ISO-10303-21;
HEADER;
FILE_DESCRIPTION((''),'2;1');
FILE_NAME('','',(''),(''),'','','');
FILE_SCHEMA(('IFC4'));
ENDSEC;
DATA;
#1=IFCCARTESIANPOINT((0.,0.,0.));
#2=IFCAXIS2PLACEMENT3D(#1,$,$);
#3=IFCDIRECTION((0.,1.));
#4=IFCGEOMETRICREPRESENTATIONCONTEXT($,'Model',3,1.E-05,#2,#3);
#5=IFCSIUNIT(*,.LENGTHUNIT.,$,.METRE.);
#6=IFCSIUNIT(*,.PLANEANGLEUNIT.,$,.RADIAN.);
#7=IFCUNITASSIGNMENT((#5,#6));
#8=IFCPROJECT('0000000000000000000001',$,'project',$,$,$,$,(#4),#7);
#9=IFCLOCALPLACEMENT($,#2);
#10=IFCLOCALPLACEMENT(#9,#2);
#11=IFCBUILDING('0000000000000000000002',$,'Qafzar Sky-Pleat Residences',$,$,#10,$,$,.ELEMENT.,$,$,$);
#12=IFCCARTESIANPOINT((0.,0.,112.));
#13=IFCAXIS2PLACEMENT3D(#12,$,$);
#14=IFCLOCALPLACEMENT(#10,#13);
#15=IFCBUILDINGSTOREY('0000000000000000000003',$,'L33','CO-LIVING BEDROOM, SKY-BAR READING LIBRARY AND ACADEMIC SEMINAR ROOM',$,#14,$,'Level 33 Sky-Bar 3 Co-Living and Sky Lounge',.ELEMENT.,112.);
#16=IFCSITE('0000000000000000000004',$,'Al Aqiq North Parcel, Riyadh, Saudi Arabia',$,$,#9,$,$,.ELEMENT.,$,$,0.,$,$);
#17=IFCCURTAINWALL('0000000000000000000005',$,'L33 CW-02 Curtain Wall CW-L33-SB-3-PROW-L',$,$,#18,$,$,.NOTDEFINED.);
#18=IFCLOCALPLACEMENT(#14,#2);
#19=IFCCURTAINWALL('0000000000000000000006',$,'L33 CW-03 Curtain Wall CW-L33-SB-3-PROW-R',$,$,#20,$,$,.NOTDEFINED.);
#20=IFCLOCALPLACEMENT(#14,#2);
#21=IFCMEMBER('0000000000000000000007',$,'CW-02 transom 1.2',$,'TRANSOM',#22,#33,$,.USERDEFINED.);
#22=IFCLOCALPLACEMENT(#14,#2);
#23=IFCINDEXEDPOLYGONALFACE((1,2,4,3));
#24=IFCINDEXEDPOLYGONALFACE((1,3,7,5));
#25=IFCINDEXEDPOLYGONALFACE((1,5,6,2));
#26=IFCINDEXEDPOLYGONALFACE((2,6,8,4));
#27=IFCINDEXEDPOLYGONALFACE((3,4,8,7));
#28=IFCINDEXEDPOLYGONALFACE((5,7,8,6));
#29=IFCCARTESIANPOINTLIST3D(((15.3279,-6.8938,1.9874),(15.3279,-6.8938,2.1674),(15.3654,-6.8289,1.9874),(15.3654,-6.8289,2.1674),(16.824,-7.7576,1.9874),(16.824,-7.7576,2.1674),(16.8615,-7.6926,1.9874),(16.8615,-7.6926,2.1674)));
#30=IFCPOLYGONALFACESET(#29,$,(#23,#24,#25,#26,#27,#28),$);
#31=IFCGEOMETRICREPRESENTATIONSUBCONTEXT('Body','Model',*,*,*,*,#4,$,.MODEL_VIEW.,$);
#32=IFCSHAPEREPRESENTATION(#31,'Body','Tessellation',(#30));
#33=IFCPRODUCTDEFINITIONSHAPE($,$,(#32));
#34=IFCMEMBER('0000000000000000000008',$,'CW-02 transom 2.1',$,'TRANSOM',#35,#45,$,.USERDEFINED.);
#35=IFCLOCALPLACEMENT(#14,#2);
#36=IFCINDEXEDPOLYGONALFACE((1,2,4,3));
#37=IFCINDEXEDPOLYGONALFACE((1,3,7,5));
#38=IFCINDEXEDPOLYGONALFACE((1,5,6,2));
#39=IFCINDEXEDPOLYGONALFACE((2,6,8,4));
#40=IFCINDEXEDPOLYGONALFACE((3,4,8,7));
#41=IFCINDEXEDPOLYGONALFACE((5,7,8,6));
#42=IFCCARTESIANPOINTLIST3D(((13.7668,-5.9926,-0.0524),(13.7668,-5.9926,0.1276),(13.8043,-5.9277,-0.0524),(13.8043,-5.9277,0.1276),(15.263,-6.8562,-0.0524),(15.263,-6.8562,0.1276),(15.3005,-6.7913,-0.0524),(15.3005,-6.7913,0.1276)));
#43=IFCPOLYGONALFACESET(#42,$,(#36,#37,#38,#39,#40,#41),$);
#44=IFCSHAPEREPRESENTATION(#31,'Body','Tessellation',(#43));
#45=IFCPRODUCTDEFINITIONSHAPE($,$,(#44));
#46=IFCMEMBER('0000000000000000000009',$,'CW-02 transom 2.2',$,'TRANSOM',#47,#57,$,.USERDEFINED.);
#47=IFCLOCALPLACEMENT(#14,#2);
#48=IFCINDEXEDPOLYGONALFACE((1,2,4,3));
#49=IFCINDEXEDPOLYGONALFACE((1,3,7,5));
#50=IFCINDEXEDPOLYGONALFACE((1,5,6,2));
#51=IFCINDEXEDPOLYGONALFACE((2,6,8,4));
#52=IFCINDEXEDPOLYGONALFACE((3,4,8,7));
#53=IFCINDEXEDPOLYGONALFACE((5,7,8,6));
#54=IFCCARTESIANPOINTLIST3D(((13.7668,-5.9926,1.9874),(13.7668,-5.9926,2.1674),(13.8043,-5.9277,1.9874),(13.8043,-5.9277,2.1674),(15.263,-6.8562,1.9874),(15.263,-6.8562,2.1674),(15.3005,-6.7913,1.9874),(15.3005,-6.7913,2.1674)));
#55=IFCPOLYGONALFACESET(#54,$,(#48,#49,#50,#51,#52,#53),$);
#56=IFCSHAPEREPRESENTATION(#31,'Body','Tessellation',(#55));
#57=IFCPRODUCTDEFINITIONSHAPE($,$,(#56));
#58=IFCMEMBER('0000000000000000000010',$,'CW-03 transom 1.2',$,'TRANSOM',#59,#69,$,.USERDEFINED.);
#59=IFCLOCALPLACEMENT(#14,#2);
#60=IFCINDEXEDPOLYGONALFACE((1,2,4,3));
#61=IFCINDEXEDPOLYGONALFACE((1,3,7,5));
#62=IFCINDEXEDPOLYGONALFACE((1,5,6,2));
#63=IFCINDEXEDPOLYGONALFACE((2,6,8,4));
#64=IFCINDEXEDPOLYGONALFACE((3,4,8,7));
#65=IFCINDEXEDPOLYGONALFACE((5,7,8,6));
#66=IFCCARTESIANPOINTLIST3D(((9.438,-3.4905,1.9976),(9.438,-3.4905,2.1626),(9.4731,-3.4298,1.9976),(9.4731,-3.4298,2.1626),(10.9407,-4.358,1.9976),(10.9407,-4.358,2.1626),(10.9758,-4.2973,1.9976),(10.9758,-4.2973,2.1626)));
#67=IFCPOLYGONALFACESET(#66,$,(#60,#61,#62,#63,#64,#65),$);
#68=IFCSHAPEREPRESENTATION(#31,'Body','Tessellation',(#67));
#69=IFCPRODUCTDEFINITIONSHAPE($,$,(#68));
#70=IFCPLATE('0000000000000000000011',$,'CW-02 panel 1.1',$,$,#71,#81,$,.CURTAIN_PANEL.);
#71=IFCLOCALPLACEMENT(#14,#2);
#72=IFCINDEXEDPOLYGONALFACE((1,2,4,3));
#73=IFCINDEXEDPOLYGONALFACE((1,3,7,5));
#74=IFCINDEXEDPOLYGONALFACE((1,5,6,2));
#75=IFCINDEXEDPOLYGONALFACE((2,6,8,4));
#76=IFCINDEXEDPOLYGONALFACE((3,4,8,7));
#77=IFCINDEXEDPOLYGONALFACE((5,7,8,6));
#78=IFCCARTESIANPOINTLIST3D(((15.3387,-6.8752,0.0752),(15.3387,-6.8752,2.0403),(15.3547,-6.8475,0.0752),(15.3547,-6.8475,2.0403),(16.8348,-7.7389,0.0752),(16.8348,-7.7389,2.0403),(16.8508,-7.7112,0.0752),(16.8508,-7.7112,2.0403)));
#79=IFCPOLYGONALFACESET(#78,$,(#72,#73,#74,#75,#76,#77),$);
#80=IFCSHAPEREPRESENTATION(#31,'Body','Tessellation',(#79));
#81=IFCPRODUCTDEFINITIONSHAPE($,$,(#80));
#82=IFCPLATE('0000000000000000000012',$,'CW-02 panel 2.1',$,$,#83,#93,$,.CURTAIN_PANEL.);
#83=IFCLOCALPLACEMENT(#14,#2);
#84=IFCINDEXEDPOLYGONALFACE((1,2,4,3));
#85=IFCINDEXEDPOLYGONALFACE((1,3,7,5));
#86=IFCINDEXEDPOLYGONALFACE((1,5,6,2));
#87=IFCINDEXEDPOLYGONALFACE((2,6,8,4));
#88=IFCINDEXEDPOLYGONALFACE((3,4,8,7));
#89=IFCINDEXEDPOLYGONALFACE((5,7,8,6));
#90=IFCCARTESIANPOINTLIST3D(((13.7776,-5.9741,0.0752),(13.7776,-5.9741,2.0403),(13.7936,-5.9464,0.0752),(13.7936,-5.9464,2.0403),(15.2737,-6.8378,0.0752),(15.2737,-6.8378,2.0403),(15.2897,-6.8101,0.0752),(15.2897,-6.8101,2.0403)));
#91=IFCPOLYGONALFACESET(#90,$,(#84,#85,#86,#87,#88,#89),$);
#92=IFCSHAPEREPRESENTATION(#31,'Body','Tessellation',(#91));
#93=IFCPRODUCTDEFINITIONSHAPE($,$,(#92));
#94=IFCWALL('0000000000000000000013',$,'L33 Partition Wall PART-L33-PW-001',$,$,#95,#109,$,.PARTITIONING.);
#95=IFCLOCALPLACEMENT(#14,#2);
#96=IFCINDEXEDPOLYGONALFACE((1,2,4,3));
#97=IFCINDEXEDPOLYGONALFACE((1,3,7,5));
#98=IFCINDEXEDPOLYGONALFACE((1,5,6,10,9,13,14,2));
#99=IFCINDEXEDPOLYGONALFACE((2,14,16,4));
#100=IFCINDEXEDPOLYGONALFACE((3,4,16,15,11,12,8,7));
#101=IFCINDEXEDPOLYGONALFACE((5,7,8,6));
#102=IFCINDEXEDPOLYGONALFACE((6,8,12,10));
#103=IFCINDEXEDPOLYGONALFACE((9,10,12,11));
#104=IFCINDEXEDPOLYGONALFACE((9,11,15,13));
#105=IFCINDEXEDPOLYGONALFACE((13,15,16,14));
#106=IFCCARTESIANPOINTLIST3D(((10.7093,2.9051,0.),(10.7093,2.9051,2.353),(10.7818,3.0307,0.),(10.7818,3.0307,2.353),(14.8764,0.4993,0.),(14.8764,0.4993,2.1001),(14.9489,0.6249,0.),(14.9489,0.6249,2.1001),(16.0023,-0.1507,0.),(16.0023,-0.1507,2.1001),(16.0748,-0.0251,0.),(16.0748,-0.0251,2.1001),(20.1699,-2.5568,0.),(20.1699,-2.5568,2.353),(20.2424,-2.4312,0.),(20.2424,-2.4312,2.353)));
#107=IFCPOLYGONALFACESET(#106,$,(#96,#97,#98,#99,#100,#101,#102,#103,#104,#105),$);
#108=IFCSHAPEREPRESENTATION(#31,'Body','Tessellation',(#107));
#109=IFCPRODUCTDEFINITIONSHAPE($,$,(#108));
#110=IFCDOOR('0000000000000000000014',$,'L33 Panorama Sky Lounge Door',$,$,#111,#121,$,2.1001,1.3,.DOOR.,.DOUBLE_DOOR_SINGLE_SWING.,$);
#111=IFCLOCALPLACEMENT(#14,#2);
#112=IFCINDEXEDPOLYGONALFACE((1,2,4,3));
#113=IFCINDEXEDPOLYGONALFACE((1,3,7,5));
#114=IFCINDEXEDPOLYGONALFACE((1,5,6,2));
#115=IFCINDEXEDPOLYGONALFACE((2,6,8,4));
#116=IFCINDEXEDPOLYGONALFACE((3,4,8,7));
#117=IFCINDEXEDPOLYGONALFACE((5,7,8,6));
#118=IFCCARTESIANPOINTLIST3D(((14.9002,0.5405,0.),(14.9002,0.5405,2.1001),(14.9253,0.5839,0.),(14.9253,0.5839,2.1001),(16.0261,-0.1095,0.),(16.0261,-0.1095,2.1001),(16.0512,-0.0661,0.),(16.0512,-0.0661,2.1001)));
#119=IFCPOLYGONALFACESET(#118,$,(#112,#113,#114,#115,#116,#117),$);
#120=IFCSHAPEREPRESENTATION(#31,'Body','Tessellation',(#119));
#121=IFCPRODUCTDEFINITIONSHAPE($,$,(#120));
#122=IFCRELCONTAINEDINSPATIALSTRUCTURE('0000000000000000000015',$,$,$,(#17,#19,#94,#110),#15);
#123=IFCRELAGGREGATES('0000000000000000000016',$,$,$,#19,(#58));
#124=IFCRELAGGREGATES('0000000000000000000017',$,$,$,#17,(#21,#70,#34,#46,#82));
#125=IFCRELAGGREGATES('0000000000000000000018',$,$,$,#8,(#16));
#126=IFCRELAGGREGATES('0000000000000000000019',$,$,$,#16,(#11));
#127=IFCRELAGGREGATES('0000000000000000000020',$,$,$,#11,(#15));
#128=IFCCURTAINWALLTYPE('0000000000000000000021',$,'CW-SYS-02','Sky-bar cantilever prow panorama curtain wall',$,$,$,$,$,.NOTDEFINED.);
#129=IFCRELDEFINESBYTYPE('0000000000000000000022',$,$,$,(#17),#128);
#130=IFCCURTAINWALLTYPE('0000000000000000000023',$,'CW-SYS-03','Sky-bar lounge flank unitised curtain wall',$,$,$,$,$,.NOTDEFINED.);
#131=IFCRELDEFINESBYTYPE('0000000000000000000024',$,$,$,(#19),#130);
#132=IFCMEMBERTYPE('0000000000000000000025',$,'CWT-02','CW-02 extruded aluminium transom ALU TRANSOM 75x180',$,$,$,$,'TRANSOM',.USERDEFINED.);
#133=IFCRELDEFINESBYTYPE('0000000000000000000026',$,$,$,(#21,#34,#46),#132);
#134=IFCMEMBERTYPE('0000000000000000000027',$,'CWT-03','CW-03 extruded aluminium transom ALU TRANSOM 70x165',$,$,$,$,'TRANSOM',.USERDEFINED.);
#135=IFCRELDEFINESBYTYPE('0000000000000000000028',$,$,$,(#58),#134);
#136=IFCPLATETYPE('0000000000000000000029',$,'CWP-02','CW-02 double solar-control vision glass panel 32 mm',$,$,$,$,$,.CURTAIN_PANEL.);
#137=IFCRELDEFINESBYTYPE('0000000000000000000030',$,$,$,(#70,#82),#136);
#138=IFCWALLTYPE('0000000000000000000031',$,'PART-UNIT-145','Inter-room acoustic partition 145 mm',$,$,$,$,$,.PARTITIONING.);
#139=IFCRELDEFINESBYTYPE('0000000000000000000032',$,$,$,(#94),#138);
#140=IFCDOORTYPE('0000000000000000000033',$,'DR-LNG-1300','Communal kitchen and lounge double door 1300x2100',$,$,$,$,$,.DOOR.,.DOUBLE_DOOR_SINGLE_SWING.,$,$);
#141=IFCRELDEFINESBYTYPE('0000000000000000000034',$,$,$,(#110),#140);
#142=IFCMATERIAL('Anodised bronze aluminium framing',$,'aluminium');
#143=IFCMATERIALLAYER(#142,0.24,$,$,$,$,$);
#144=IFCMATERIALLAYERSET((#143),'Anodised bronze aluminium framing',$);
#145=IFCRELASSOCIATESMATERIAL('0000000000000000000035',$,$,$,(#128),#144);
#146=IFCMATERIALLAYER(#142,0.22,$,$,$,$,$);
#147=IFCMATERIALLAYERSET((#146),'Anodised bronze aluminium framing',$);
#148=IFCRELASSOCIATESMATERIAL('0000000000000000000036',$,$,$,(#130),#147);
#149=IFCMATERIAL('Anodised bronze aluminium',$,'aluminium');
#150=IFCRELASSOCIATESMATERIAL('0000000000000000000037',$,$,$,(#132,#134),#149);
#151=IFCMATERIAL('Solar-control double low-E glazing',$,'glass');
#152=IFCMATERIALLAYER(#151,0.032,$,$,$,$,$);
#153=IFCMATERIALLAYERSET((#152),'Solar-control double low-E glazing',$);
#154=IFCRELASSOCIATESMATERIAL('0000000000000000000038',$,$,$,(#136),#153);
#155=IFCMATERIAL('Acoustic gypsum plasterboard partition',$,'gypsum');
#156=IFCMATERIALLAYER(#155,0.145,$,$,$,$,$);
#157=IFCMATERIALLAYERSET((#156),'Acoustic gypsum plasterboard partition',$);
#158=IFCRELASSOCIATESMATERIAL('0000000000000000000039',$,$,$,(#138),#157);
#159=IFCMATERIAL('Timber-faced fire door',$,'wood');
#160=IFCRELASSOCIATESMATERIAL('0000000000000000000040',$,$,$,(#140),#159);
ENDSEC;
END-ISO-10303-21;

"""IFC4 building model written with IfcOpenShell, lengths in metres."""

from ifc_helpers import new_model, si_unit, direction, frame, frame_2d, origin, origin_2d, place, context, subcontext, project, spatial, rectangle, extrude, source, transform, mapped, material, layer, layer_set, material_profile, profile_set, type_object, element, fill, aggregate, save


model = new_model("IFC4")

# Units and contexts
model_context = context("Model", 3, precision=1e-05, world=origin(), true_north=direction((0.0, 1.0)))
body_context = subcontext(model_context, "Body", "Model", "MODEL_VIEW")
ifc_project = project(units=[si_unit("LENGTHUNIT", "METRE"), si_unit("PLANEANGLEUNIT", "RADIAN")], contexts=[model_context])

# Site, building, storey
site_placement = place(None, origin())
site = spatial("IfcSite", under=ifc_project, at=site_placement, Name="Al Aqiq North Parcel, Riyadh, Saudi Arabia", CompositionType="ELEMENT", RefElevation=0.0)
building_placement = place(site_placement, origin())
building = spatial("IfcBuilding", under=site, at=building_placement, Name="Qafzar Sky-Pleat Residences", CompositionType="ELEMENT")
storey_placement = place(building_placement, frame((0.0, 0.0, 112.0)))
storey = spatial("IfcBuildingStorey", under=building, at=storey_placement, Name="L33", Description="CO-LIVING BEDROOM, SKY-BAR READING LIBRARY AND ACADEMIC SEMINAR ROOM", LongName="Level 33 Sky-Bar 3 Co-Living and Sky Lounge", CompositionType="ELEMENT", Elevation=112.0)

# Curtain wall
ifc_material_1 = material(Name="Anodised bronze aluminium framing", Category="aluminium")
ifc_layer_1 = layer(ifc_material_1, 0.24)
ifc_layer_set_1 = layer_set([ifc_layer_1], Name="Anodised bronze aluminium framing")
curtain_wall_type_1 = type_object("IfcCurtainWallType", Name="CW-SYS-02", Description="Sky-bar cantilever prow panorama curtain wall", PredefinedType="NOTDEFINED", material=ifc_layer_set_1)
curtain_wall_1_placement = place(storey_placement, origin())
curtain_wall_1 = element("IfcCurtainWall", 1, at=curtain_wall_1_placement, inside=storey, type_object=curtain_wall_type_1, Name="L33 CW-02 Curtain Wall CW-L33-SB-3-PROW-L", PredefinedType="NOTDEFINED")
ifc_material_2 = material(Name="Anodised bronze aluminium", Category="aluminium")

# Curtain wall
ifc_layer_2 = layer(ifc_material_1, 0.22)
ifc_layer_set_2 = layer_set([ifc_layer_2], Name="Anodised bronze aluminium framing")
curtain_wall_type_2 = type_object("IfcCurtainWallType", Name="CW-SYS-03", Description="Sky-bar lounge flank unitised curtain wall", PredefinedType="NOTDEFINED", material=ifc_layer_set_2)
curtain_wall_2_placement = place(storey_placement, origin())
curtain_wall_2 = element("IfcCurtainWall", 2, at=curtain_wall_2_placement, inside=storey, type_object=curtain_wall_type_2, Name="L33 CW-03 Curtain Wall CW-L33-SB-3-PROW-R", PredefinedType="NOTDEFINED")

# Members
ifc_material_profile_1 = material_profile(ifc_material_2, rectangle(XDim=0.075, YDim=0.1799, at=origin_2d()), Name="ALU TRANSOM 75x180")
ifc_profile_set_1 = profile_set([ifc_material_profile_1], Name="Anodised bronze aluminium")
member_type_1 = type_object("IfcMemberType", Name="CWT-02", Description="CW-02 extruded aluminium transom ALU TRANSOM 75x180", ElementType="TRANSOM", PredefinedType="USERDEFINED", material=ifc_profile_set_1)
shared_shape_1 = source(origin(), body_context, "Body", "SweptSolid", [
    extrude(rectangle(XDim=0.075, YDim=0.1799, at=origin_2d()), origin(), (0.0, 0.0, 1.0), 1.7275),
])
member_1_placement = place(storey_placement, frame((16.8428, -7.7251, 2.0774), z_axis=(-0.866026, 0.5, 0.0), x_axis=(-0.5, -0.866026, 0.0)))
member_1 = element("IfcMember", 3, at=member_1_placement, type_object=member_type_1, Name="CW-02 transom 1.2", ObjectType="TRANSOM", PredefinedType="USERDEFINED", context=body_context, shape_type="MappedRepresentation", body=[
    mapped(shared_shape_1, transform((0.0, 0.0, 0.0), x_axis=(1.0, 0.0, 0.0), y_axis=(0.0, 1.0, 0.0), z_axis=(0.0, 0.0, 1.0), scale=1.0)),
])
member_2_placement = place(storey_placement, frame((15.2817, -6.8237, 0.0376), z_axis=(-0.866087, 0.499894, 0.0), x_axis=(-0.499894, -0.866087, 0.0)))
member_2 = element("IfcMember", 4, at=member_2_placement, type_object=member_type_1, Name="CW-02 transom 2.1", ObjectType="TRANSOM", PredefinedType="USERDEFINED", context=body_context, shape_type="MappedRepresentation", body=[
    mapped(shared_shape_1, transform((0.0, 0.0, 0.0), x_axis=(1.0, 0.0, 0.0), y_axis=(0.0, 1.0, 0.0), z_axis=(0.0, 0.0, 1.0), scale=1.0)),
])
member_3_placement = place(storey_placement, frame((15.2817, -6.8237, 2.0774), z_axis=(-0.866087, 0.499894, 0.0), x_axis=(-0.499894, -0.866087, 0.0)))
member_3 = element("IfcMember", 5, at=member_3_placement, type_object=member_type_1, Name="CW-02 transom 2.2", ObjectType="TRANSOM", PredefinedType="USERDEFINED", context=body_context, shape_type="MappedRepresentation", body=[
    mapped(shared_shape_1, transform((0.0, 0.0, 0.0), x_axis=(1.0, 0.0, 0.0), y_axis=(0.0, 1.0, 0.0), z_axis=(0.0, 0.0, 1.0), scale=1.0)),
])
ifc_material_profile_2 = material_profile(ifc_material_2, rectangle(XDim=0.0701, YDim=0.165, at=origin_2d()), Name="ALU TRANSOM 70x165")
ifc_profile_set_2 = profile_set([ifc_material_profile_2], Name="Anodised bronze aluminium")
member_type_2 = type_object("IfcMemberType", Name="CWT-03", Description="CW-03 extruded aluminium transom ALU TRANSOM 70x165", ElementType="TRANSOM", PredefinedType="USERDEFINED", material=ifc_profile_set_2)
shared_shape_2 = source(origin(), body_context, "Body", "SweptSolid", [
    extrude(rectangle(XDim=0.0701, YDim=0.165, at=origin_2d()), origin(), (0.0, 0.0, 1.0), 1.7351),
])
member_4_placement = place(storey_placement, frame((10.9583, -4.3276, 2.0801), z_axis=(-0.866061, 0.499938, 0.0), x_axis=(-0.499938, -0.866061, 0.0)))
member_4 = element("IfcMember", 6, at=member_4_placement, type_object=member_type_2, Name="CW-03 transom 1.2", ObjectType="TRANSOM", PredefinedType="USERDEFINED", context=body_context, shape_type="MappedRepresentation", body=[
    mapped(shared_shape_2, transform((0.0, 0.0, 0.0), x_axis=(1.0, 0.0, 0.0), y_axis=(0.0, 1.0, 0.0), z_axis=(0.0, 0.0, 1.0), scale=1.0)),
])
aggregate(curtain_wall_2, [member_4])

# Plates
ifc_material_3 = material(Name="Solar-control double low-E glazing", Category="glass")
ifc_layer_3 = layer(ifc_material_3, 0.032)
ifc_layer_set_3 = layer_set([ifc_layer_3], Name="Solar-control double low-E glazing")
plate_type = type_object("IfcPlateType", Name="CWP-02", Description="CW-02 double solar-control vision glass panel 32 mm", PredefinedType="CURTAIN_PANEL", material=ifc_layer_set_3)
shared_shape_3 = source(origin(), body_context, "Body", "SweptSolid", [
    extrude(rectangle(XDim=1.7275, YDim=0.032, at=origin_2d()), origin(), (0.0, 0.0, 1.0), 1.9651),
])
plate_1_placement = place(storey_placement, frame((16.0947, -7.2932, 0.0752), z_axis=(0.0, 0.0, 1.0), x_axis=(-0.866027, 0.499997, 0.0)))
plate_1 = element("IfcPlate", 7, at=plate_1_placement, type_object=plate_type, Name="CW-02 panel 1.1", PredefinedType="CURTAIN_PANEL", context=body_context, shape_type="MappedRepresentation", body=[
    mapped(shared_shape_3, transform((0.0, 0.0, 0.0), x_axis=(1.0, 0.0, 0.0), y_axis=(0.0, 1.0, 0.0), z_axis=(0.0, 0.0, 1.0), scale=1.0)),
])
plate_2_placement = place(storey_placement, frame((14.5337, -6.3921, 0.0752), z_axis=(0.0, 0.0, 1.0), x_axis=(-0.866027, 0.499997, 0.0)))
plate_2 = element("IfcPlate", 8, at=plate_2_placement, type_object=plate_type, Name="CW-02 panel 2.1", PredefinedType="CURTAIN_PANEL", context=body_context, shape_type="MappedRepresentation", body=[
    mapped(shared_shape_3, transform((0.0, 0.0, 0.0), x_axis=(1.0, 0.0, 0.0), y_axis=(0.0, 1.0, 0.0), z_axis=(0.0, 0.0, 1.0), scale=1.0)),
])
aggregate(curtain_wall_1, [member_1, plate_1, member_2, member_3, plate_2])

# Wall, opening, door
ifc_material_4 = material(Name="Acoustic gypsum plasterboard partition", Category="gypsum")
ifc_layer_4 = layer(ifc_material_4, 0.145)
ifc_layer_set_4 = layer_set([ifc_layer_4], Name="Acoustic gypsum plasterboard partition")
wall_type_1 = type_object("IfcWallType", Name="PART-UNIT-145", Description="Inter-room acoustic partition 145 mm", PredefinedType="PARTITIONING", material=ifc_layer_set_4)
wall_1_placement = place(storey_placement, frame((20.2061, -2.4939, 0.0), z_axis=(0.0, 0.0, 1.0), x_axis=(-0.866034, 0.499985, 0.0)))
wall_1 = element("IfcWall", 9, at=wall_1_placement, inside=storey, type_object=wall_type_1, Name="L33 Partition Wall PART-L33-PW-001", PredefinedType="PARTITIONING", context=body_context, shape_type="SweptSolid", body=[
    extrude(rectangle(XDim=10.9241, YDim=0.145, at=frame_2d((5.4619, 0.0))), origin(), (0.0, 0.0, 1.0), 2.353),
])
opening_1_placement = place(wall_1_placement, frame((4.8123, 0.0, 0.0)))
opening_1 = element("IfcOpeningElement", 10, at=opening_1_placement, cuts=wall_1, PredefinedType="OPENING", context=body_context, shape_type="SweptSolid", body=[
    extrude(rectangle(XDim=1.3, YDim=2.1001, at=frame_2d((0.6499, 1.05))), frame((0.0, 0.0825, 0.0), z_axis=(0.0, -1.0, 0.0), x_axis=(1.0, 0.0, 0.0)), (0.0, 0.0, 1.0), 0.165),
])
ifc_material_5 = material(Name="Timber-faced fire door", Category="wood")
door_type_1 = type_object("IfcDoorType", Name="DR-LNG-1300", Description="Communal kitchen and lounge double door 1300x2100", OperationType="DOUBLE_DOOR_SINGLE_SWING", PredefinedType="DOOR", material=ifc_material_5)
shared_shape_4 = source(origin(), body_context, "Body", "SweptSolid", [
    extrude(rectangle(XDim=1.3, YDim=2.1001, at=frame_2d((0.6499, 1.05))), frame((0.0, 0.0249, 0.0), z_axis=(0.0, -1.0, 0.0), x_axis=(1.0, 0.0, 0.0)), (0.0, 0.0, 1.0), 0.05),
])
door_1_placement = place(opening_1_placement, origin())
door_1 = element("IfcDoor", 11, at=door_1_placement, inside=storey, type_object=door_type_1, Name="L33 Panorama Sky Lounge Door", OperationType="DOUBLE_DOOR_SINGLE_SWING", OverallHeight=2.1001, OverallWidth=1.3, PredefinedType="DOOR", context=body_context, shape_type="MappedRepresentation", body=[
    mapped(shared_shape_4, transform((0.0, 0.0, 0.0), x_axis=(1.0, 0.0, 0.0), y_axis=(0.0, 1.0, 0.0), z_axis=(0.0, 0.0, 1.0), scale=1.0)),
])
fill(opening_1, door_1)

save(model, "model.ifc")
